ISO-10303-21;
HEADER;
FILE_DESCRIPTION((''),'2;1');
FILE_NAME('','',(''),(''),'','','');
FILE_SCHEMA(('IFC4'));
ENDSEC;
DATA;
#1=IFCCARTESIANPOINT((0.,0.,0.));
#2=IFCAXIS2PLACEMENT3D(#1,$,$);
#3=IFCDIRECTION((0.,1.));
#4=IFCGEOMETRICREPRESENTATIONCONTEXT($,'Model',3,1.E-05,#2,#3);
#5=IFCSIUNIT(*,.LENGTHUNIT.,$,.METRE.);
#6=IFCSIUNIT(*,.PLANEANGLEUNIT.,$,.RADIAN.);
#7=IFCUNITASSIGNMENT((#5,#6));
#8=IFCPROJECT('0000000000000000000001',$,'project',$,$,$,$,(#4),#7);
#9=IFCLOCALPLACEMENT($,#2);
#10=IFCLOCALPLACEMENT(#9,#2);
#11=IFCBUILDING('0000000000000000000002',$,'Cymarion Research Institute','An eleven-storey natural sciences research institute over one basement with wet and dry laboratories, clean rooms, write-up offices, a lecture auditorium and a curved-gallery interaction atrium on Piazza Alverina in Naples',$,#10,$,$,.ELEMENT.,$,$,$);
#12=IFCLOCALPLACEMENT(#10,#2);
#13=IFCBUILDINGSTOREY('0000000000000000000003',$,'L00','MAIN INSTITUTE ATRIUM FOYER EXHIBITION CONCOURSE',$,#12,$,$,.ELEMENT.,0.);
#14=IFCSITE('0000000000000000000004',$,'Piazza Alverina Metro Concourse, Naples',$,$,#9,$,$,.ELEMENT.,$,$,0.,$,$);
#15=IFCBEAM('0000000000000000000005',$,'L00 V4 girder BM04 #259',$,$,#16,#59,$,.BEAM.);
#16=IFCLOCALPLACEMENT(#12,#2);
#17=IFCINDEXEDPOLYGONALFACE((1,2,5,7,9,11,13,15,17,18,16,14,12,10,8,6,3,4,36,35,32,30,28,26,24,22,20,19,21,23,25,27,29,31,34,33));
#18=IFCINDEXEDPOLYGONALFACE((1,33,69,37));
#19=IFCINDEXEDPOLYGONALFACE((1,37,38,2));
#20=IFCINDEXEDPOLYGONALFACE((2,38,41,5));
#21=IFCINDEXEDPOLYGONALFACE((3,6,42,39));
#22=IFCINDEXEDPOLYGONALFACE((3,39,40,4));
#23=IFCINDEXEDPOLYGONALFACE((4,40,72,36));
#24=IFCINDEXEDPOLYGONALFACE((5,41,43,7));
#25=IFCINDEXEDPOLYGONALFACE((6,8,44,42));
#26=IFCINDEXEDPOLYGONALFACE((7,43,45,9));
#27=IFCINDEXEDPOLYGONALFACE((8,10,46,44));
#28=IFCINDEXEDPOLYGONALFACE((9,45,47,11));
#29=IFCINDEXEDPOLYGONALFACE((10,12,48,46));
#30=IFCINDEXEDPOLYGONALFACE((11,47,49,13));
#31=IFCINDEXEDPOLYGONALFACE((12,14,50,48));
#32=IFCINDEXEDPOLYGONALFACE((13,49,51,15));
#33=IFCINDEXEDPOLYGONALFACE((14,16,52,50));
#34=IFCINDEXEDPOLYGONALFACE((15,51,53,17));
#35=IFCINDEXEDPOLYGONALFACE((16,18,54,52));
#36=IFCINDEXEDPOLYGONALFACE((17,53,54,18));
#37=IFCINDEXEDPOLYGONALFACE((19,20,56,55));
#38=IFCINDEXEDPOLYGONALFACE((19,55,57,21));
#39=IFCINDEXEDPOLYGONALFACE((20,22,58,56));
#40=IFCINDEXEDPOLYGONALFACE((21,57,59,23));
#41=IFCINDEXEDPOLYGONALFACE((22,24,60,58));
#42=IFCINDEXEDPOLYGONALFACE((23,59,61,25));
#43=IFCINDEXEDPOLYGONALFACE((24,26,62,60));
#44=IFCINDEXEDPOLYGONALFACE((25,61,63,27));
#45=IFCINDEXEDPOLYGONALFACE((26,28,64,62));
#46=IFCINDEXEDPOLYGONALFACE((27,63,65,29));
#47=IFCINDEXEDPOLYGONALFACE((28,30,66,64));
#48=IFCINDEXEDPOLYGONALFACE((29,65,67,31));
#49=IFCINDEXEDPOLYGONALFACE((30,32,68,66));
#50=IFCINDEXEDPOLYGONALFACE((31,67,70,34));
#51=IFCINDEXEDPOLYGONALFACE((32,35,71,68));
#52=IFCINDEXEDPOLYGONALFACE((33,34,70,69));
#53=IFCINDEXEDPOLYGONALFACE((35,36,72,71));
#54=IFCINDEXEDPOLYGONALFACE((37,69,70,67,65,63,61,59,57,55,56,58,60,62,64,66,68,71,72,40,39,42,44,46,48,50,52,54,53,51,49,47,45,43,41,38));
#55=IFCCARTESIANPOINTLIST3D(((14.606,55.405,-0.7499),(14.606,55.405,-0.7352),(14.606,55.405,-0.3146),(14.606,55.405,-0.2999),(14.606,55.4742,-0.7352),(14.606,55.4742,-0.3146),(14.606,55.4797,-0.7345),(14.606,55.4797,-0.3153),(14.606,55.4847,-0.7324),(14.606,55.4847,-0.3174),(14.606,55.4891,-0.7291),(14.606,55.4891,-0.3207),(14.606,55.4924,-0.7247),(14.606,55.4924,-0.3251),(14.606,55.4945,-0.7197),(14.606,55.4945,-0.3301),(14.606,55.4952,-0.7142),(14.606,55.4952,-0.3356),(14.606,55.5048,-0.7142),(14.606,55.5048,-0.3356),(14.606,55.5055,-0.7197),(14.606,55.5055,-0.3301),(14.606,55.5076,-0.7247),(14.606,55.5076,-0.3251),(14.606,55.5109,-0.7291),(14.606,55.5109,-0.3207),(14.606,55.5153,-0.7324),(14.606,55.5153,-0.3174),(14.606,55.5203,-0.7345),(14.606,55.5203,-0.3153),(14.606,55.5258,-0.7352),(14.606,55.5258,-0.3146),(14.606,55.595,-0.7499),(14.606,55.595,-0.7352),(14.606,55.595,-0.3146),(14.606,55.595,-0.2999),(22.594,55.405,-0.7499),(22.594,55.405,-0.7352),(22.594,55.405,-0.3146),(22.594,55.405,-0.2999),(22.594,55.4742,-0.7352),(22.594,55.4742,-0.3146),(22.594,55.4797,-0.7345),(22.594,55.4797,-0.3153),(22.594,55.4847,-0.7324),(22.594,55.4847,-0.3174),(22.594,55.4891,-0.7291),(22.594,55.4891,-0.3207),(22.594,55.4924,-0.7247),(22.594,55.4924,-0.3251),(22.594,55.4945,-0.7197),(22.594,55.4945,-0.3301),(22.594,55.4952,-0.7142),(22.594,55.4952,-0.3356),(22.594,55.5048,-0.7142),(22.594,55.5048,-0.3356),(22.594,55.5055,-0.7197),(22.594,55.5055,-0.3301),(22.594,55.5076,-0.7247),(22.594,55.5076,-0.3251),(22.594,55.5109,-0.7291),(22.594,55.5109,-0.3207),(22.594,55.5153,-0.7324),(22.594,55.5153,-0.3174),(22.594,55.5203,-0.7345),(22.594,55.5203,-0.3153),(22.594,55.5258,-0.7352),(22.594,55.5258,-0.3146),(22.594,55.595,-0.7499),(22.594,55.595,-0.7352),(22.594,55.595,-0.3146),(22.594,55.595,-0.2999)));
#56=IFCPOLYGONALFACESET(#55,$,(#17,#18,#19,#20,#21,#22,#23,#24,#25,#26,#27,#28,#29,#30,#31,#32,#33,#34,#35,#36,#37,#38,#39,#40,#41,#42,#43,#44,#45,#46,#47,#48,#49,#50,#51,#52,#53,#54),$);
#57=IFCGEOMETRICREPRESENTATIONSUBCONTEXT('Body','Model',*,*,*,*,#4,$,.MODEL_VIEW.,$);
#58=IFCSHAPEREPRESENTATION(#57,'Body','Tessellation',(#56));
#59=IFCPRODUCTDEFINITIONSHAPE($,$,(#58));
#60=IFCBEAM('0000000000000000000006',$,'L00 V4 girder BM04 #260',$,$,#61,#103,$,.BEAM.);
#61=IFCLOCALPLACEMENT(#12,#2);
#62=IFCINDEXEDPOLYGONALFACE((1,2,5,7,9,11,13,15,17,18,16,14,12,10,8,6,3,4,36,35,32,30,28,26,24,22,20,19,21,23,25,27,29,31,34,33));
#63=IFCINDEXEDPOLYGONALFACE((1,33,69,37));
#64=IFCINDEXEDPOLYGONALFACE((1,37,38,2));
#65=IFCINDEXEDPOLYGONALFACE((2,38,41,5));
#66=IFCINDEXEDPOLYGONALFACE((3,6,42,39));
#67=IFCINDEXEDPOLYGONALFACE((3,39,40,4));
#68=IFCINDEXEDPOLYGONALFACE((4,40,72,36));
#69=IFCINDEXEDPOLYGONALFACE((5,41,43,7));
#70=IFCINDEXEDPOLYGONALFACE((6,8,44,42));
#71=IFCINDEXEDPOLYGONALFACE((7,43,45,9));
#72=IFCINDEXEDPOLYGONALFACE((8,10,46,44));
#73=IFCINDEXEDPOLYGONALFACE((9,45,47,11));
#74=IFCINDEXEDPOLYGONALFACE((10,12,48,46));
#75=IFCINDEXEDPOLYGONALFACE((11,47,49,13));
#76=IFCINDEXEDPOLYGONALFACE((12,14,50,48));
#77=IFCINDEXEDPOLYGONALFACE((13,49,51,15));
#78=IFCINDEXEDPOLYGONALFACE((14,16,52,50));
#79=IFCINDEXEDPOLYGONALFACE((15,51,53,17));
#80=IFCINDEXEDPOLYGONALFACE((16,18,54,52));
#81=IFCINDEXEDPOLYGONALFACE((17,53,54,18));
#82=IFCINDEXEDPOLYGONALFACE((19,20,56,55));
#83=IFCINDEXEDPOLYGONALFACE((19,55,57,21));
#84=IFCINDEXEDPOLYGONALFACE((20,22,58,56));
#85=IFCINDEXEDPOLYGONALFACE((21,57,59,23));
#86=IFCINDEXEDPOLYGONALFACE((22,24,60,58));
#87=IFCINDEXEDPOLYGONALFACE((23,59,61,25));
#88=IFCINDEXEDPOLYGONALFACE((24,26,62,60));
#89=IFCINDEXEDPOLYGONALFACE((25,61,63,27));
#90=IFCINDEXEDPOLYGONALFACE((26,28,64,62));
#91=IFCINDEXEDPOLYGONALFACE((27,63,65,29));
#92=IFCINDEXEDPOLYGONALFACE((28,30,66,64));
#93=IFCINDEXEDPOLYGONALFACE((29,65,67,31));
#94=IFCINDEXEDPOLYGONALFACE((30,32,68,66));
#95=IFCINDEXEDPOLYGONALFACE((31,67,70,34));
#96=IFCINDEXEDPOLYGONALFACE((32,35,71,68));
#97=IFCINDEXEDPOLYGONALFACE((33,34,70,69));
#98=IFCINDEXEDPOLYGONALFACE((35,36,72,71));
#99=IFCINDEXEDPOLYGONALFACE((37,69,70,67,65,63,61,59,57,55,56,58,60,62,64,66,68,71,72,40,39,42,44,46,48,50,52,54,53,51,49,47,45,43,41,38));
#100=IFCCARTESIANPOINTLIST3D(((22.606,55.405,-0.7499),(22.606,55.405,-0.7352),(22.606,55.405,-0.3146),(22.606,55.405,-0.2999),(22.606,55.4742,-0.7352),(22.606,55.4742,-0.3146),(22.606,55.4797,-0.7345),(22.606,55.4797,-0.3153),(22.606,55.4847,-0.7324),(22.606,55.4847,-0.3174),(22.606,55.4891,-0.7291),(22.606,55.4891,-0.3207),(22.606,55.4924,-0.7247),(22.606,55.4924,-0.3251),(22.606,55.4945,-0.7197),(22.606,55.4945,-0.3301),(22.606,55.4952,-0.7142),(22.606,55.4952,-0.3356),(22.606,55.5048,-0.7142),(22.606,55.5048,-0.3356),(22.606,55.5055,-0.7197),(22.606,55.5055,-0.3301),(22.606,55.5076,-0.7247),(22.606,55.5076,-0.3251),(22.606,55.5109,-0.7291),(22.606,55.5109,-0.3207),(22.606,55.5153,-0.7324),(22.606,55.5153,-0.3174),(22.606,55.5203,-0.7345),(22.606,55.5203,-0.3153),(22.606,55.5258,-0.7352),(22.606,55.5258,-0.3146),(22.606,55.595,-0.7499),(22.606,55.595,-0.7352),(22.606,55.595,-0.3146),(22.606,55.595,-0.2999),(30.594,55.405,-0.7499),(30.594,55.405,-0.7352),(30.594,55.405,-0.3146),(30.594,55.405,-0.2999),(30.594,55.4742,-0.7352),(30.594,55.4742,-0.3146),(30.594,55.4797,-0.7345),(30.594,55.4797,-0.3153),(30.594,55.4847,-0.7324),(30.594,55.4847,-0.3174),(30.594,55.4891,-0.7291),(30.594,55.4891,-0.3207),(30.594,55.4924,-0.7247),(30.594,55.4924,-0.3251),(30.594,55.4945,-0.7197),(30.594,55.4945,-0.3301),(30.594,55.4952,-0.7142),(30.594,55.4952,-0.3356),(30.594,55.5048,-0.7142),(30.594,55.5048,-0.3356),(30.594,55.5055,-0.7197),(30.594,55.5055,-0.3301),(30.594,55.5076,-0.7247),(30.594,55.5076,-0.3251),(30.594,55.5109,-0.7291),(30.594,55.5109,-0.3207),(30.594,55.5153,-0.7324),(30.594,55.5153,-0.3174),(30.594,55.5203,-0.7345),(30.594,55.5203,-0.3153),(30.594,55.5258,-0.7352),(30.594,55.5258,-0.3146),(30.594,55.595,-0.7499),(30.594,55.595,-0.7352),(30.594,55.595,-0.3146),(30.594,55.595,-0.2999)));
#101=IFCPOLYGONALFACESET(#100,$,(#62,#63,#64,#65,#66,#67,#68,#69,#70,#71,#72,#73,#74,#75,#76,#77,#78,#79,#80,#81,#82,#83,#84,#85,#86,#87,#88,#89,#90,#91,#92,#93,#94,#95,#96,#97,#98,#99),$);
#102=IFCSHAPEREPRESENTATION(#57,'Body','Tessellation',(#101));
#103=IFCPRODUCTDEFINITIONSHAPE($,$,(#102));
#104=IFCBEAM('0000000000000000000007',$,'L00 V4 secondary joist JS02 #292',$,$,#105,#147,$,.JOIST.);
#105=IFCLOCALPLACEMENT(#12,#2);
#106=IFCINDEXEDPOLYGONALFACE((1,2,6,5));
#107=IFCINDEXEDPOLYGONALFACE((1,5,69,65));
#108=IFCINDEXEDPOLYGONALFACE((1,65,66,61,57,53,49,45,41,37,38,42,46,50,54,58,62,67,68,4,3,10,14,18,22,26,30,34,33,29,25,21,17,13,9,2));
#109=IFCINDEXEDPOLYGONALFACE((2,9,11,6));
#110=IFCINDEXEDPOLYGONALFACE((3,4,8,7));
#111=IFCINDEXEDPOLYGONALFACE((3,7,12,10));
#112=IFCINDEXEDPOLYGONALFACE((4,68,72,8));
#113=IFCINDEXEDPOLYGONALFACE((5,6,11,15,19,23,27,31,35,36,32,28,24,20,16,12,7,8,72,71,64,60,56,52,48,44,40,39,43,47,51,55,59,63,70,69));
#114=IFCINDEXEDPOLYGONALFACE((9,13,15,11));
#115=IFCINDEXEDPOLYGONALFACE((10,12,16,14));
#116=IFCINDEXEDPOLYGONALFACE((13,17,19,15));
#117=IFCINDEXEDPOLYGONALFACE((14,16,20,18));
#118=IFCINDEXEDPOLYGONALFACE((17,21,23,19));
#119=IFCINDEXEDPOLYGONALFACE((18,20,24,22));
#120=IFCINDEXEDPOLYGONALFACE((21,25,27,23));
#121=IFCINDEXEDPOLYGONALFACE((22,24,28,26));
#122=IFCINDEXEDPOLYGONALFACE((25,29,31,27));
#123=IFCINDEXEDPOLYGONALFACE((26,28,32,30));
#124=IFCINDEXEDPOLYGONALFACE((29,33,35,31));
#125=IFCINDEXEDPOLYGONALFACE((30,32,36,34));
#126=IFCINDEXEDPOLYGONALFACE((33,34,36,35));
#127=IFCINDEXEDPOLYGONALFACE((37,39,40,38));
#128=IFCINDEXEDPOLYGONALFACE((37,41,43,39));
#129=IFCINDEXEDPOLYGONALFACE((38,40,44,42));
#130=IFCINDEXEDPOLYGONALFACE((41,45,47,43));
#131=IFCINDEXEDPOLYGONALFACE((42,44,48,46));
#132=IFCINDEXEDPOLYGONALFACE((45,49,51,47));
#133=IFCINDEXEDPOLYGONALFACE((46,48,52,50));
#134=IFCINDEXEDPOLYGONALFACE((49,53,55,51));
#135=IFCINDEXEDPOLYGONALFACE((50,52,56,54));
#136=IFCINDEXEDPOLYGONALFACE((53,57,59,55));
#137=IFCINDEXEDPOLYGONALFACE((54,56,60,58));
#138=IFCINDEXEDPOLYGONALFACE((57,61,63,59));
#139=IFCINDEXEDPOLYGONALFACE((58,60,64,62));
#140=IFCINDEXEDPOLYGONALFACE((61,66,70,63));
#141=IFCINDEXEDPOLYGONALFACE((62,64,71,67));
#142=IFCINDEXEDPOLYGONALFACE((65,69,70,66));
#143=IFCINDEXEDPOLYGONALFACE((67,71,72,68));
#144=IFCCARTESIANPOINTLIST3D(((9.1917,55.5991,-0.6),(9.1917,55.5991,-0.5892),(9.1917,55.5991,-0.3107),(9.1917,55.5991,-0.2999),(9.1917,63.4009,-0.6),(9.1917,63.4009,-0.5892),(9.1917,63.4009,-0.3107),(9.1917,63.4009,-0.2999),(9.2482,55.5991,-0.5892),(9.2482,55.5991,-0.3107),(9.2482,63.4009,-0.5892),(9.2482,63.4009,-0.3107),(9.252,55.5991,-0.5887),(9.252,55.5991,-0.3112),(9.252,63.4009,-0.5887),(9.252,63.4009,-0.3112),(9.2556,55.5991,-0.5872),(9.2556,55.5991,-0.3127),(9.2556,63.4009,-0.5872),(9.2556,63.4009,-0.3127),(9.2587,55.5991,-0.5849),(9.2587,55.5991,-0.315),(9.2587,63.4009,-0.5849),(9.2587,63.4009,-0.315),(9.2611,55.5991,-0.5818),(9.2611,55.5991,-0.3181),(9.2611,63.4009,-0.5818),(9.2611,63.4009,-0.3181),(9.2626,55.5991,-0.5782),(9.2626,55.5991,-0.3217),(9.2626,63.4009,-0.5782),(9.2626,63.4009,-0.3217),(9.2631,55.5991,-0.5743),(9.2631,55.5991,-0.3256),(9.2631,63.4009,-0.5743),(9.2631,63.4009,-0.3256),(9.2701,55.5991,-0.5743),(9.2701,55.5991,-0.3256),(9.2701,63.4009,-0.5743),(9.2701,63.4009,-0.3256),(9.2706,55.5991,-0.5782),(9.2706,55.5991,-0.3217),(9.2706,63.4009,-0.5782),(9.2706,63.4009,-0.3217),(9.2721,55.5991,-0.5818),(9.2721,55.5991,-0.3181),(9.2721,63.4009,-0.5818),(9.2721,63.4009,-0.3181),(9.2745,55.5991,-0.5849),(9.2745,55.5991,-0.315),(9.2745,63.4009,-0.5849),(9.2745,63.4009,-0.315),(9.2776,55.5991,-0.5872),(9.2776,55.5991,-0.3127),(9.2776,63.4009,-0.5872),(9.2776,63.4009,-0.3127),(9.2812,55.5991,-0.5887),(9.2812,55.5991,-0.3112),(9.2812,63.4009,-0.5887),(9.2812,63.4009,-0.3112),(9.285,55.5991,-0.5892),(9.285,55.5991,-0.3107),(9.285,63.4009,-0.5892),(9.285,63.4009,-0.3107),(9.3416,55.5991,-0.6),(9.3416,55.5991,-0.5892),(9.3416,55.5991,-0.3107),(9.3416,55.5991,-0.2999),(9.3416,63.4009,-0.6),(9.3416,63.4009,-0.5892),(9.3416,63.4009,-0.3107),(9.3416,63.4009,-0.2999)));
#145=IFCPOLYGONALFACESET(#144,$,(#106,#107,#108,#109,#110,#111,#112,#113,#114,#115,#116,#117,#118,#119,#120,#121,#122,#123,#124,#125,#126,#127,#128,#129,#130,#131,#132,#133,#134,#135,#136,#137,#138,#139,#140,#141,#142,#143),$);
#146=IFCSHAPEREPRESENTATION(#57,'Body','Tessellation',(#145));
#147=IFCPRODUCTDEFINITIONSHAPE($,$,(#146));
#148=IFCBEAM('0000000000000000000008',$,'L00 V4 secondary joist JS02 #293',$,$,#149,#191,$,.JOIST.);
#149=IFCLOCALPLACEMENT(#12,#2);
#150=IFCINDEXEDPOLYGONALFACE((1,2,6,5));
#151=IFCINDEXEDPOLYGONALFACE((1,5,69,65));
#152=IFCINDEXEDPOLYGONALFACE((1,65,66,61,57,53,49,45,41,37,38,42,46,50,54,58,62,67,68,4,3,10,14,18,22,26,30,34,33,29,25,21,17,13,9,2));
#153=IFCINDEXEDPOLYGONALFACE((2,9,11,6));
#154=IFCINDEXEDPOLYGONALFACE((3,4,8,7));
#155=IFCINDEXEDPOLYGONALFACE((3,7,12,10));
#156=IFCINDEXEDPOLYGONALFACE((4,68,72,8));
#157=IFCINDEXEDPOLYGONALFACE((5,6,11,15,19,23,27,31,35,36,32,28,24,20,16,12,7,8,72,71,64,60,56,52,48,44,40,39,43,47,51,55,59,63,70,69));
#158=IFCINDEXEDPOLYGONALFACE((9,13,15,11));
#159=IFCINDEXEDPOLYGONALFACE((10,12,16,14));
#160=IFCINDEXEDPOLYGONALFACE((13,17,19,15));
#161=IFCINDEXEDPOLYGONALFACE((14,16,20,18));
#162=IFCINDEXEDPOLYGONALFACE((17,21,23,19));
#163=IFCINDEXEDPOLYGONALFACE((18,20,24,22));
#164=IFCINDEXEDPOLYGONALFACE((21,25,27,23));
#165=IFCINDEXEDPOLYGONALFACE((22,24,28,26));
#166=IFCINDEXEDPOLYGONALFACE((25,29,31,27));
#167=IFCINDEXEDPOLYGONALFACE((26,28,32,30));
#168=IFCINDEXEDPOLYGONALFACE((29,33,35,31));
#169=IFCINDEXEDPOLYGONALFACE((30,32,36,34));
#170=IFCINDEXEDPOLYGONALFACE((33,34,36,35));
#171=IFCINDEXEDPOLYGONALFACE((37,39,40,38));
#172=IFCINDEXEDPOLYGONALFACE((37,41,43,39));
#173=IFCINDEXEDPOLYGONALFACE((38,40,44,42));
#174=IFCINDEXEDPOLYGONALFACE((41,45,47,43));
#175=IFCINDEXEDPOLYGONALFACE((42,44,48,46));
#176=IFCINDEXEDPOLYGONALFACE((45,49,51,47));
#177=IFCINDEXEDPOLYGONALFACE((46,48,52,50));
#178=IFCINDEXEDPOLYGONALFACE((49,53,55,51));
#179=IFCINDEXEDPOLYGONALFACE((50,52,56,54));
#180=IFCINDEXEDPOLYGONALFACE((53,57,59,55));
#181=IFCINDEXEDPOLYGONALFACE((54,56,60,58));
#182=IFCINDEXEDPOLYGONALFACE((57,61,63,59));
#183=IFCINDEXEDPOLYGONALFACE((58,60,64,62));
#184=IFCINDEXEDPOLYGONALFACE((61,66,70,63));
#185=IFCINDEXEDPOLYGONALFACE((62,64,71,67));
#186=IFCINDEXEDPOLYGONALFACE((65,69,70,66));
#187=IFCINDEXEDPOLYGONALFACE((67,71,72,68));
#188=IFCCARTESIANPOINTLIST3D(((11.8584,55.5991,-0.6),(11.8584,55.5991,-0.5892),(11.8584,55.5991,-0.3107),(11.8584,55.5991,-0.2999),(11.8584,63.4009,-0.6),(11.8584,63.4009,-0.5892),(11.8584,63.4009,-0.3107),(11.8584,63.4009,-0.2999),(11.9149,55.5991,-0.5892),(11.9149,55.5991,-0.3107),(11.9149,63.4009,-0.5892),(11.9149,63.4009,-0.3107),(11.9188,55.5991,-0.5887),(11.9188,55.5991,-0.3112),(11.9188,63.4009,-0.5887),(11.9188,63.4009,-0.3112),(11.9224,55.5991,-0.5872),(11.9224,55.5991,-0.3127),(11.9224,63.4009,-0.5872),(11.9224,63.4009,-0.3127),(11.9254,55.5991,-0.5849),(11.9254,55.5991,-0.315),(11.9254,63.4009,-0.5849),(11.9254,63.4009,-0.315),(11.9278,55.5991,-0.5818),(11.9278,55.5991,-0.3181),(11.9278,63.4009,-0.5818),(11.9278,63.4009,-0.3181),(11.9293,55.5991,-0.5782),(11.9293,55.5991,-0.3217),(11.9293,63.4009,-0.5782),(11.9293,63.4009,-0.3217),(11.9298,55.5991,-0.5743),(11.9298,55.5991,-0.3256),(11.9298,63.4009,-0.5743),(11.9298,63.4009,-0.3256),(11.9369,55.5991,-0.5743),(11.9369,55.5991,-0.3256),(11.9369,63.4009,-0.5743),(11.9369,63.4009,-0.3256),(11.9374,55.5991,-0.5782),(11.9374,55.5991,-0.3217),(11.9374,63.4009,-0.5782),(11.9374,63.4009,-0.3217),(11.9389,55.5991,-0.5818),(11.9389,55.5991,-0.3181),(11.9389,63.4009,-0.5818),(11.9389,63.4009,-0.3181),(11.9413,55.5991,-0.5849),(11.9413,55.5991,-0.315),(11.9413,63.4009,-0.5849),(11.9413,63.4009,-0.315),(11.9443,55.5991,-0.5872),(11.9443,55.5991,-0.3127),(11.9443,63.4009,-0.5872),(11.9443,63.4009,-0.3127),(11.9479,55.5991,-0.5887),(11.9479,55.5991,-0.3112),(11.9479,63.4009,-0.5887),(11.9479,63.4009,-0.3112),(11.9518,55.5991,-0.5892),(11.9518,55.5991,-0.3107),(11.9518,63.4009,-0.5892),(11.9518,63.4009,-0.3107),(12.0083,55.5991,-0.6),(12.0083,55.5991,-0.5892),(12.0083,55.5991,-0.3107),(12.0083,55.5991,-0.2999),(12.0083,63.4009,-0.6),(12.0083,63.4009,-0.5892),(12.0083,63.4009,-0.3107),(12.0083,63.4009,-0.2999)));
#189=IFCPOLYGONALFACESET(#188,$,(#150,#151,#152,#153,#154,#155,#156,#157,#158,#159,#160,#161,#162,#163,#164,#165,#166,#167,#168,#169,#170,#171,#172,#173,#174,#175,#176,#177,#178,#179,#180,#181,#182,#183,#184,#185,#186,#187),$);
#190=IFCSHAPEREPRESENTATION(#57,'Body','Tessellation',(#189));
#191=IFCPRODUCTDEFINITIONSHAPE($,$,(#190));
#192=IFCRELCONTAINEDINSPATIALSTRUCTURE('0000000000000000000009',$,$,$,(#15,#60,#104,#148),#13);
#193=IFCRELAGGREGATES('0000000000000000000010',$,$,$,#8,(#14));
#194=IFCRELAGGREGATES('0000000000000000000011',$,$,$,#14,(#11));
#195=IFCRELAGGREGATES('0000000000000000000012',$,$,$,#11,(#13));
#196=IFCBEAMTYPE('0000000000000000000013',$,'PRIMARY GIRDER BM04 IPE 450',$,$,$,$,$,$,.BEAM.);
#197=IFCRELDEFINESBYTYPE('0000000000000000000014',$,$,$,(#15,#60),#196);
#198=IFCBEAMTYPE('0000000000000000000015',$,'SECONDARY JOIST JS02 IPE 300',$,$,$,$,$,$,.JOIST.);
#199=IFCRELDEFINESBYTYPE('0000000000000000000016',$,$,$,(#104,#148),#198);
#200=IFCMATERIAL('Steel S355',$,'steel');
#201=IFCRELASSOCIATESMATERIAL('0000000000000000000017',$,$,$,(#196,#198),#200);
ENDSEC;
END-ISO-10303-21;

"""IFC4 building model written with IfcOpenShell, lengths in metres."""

from ifc_helpers import new_model, si_unit, direction, frame, origin, origin_2d, place, context, subcontext, project, spatial, i_section, extrude, material, material_profile, profile_set, type_object, element, save


model = new_model("IFC4")

# Units and contexts
model_context = context("Model", 3, precision=1e-05, world=origin(), true_north=direction((0.0, 1.0)))
body_context = subcontext(model_context, "Body", "Model", "MODEL_VIEW")
ifc_project = project(units=[si_unit("LENGTHUNIT", "METRE"), si_unit("PLANEANGLEUNIT", "RADIAN")], contexts=[model_context])

# Site, building, storey
site_placement = place(None, origin())
site = spatial("IfcSite", under=ifc_project, at=site_placement, Name="Piazza Alverina Metro Concourse, Naples", CompositionType="ELEMENT", RefElevation=0.0)
building_placement = place(site_placement, origin())
building = spatial("IfcBuilding", under=site, at=building_placement, Name="Cymarion Research Institute", Description="An eleven-storey natural sciences research institute over one basement with wet and dry laboratories, clean rooms, write-up offices, a lecture auditorium and a curved-gallery interaction atrium on Piazza Alverina in Naples", CompositionType="ELEMENT")
storey_placement = place(building_placement, origin())
storey = spatial("IfcBuildingStorey", under=building, at=storey_placement, Name="L00", Description="MAIN INSTITUTE ATRIUM FOYER EXHIBITION CONCOURSE", CompositionType="ELEMENT", Elevation=0.0)

# Shared definitions
ifc_material_1 = material(Name="Steel S355", Category="steel")

# Beams
ifc_material_profile_1 = material_profile(ifc_material_1, i_section(OverallWidth=0.1899, OverallDepth=0.45, WebThickness=0.0095, FlangeThickness=0.0146, FilletRadius=0.021, at=origin_2d()), Name="IPE 450")
ifc_profile_set_1 = profile_set([ifc_material_profile_1], Name="Steel S355")
beam_type_1 = type_object("IfcBeamType", Name="PRIMARY GIRDER BM04 IPE 450", PredefinedType="BEAM", material=ifc_profile_set_1)
for number, where, z_axis, x_axis, name in (
    (1, (14.606, 55.5, -0.5249), (1.0, 0.0, 0.0), (0.0, 1.0, 0.0), "L00 V4 girder BM04 #259"),
    (2, (22.606, 55.5, -0.5249), (1.0, 0.0, 0.0), (0.0, 1.0, 0.0), "L00 V4 girder BM04 #260"),
):
    element("IfcBeam", number, at=place(storey_placement, frame(where, z_axis=z_axis, x_axis=x_axis)), inside=storey, type_object=beam_type_1, Name=name, PredefinedType="BEAM", context=body_context, shape_type="SweptSolid", body=[
        extrude(i_section(OverallWidth=0.1899, OverallDepth=0.45, WebThickness=0.0095, FlangeThickness=0.0146, FilletRadius=0.021, at=origin_2d()), origin(), (0.0, 0.0, 1.0), 7.988),
    ])
ifc_material_profile_2 = material_profile(ifc_material_1, i_section(OverallWidth=0.1499, OverallDepth=0.3, WebThickness=0.0071, FlangeThickness=0.0107, FilletRadius=0.0149, at=origin_2d()), Name="IPE 300")
ifc_profile_set_2 = profile_set([ifc_material_profile_2], Name="Steel S355")
beam_type_2 = type_object("IfcBeamType", Name="SECONDARY JOIST JS02 IPE 300", PredefinedType="JOIST", material=ifc_profile_set_2)
for number, where, z_axis, x_axis, name in (
    (3, (9.2666, 55.5991, -0.45), (0.0, 1.0, 0.0), (-1.0, 0.0, 0.0), "L00 V4 secondary joist JS02 #292"),
    (4, (11.9333, 55.5991, -0.45), (0.0, 1.0, 0.0), (-1.0, 0.0, 0.0), "L00 V4 secondary joist JS02 #293"),
):
    element("IfcBeam", number, at=place(storey_placement, frame(where, z_axis=z_axis, x_axis=x_axis)), inside=storey, type_object=beam_type_2, Name=name, PredefinedType="JOIST", context=body_context, shape_type="SweptSolid", body=[
        extrude(i_section(OverallWidth=0.1499, OverallDepth=0.3, WebThickness=0.0071, FlangeThickness=0.0107, FilletRadius=0.0149, at=origin_2d()), origin(), (0.0, 0.0, 1.0), 7.8018),
    ])

save(model, "model.ifc")
